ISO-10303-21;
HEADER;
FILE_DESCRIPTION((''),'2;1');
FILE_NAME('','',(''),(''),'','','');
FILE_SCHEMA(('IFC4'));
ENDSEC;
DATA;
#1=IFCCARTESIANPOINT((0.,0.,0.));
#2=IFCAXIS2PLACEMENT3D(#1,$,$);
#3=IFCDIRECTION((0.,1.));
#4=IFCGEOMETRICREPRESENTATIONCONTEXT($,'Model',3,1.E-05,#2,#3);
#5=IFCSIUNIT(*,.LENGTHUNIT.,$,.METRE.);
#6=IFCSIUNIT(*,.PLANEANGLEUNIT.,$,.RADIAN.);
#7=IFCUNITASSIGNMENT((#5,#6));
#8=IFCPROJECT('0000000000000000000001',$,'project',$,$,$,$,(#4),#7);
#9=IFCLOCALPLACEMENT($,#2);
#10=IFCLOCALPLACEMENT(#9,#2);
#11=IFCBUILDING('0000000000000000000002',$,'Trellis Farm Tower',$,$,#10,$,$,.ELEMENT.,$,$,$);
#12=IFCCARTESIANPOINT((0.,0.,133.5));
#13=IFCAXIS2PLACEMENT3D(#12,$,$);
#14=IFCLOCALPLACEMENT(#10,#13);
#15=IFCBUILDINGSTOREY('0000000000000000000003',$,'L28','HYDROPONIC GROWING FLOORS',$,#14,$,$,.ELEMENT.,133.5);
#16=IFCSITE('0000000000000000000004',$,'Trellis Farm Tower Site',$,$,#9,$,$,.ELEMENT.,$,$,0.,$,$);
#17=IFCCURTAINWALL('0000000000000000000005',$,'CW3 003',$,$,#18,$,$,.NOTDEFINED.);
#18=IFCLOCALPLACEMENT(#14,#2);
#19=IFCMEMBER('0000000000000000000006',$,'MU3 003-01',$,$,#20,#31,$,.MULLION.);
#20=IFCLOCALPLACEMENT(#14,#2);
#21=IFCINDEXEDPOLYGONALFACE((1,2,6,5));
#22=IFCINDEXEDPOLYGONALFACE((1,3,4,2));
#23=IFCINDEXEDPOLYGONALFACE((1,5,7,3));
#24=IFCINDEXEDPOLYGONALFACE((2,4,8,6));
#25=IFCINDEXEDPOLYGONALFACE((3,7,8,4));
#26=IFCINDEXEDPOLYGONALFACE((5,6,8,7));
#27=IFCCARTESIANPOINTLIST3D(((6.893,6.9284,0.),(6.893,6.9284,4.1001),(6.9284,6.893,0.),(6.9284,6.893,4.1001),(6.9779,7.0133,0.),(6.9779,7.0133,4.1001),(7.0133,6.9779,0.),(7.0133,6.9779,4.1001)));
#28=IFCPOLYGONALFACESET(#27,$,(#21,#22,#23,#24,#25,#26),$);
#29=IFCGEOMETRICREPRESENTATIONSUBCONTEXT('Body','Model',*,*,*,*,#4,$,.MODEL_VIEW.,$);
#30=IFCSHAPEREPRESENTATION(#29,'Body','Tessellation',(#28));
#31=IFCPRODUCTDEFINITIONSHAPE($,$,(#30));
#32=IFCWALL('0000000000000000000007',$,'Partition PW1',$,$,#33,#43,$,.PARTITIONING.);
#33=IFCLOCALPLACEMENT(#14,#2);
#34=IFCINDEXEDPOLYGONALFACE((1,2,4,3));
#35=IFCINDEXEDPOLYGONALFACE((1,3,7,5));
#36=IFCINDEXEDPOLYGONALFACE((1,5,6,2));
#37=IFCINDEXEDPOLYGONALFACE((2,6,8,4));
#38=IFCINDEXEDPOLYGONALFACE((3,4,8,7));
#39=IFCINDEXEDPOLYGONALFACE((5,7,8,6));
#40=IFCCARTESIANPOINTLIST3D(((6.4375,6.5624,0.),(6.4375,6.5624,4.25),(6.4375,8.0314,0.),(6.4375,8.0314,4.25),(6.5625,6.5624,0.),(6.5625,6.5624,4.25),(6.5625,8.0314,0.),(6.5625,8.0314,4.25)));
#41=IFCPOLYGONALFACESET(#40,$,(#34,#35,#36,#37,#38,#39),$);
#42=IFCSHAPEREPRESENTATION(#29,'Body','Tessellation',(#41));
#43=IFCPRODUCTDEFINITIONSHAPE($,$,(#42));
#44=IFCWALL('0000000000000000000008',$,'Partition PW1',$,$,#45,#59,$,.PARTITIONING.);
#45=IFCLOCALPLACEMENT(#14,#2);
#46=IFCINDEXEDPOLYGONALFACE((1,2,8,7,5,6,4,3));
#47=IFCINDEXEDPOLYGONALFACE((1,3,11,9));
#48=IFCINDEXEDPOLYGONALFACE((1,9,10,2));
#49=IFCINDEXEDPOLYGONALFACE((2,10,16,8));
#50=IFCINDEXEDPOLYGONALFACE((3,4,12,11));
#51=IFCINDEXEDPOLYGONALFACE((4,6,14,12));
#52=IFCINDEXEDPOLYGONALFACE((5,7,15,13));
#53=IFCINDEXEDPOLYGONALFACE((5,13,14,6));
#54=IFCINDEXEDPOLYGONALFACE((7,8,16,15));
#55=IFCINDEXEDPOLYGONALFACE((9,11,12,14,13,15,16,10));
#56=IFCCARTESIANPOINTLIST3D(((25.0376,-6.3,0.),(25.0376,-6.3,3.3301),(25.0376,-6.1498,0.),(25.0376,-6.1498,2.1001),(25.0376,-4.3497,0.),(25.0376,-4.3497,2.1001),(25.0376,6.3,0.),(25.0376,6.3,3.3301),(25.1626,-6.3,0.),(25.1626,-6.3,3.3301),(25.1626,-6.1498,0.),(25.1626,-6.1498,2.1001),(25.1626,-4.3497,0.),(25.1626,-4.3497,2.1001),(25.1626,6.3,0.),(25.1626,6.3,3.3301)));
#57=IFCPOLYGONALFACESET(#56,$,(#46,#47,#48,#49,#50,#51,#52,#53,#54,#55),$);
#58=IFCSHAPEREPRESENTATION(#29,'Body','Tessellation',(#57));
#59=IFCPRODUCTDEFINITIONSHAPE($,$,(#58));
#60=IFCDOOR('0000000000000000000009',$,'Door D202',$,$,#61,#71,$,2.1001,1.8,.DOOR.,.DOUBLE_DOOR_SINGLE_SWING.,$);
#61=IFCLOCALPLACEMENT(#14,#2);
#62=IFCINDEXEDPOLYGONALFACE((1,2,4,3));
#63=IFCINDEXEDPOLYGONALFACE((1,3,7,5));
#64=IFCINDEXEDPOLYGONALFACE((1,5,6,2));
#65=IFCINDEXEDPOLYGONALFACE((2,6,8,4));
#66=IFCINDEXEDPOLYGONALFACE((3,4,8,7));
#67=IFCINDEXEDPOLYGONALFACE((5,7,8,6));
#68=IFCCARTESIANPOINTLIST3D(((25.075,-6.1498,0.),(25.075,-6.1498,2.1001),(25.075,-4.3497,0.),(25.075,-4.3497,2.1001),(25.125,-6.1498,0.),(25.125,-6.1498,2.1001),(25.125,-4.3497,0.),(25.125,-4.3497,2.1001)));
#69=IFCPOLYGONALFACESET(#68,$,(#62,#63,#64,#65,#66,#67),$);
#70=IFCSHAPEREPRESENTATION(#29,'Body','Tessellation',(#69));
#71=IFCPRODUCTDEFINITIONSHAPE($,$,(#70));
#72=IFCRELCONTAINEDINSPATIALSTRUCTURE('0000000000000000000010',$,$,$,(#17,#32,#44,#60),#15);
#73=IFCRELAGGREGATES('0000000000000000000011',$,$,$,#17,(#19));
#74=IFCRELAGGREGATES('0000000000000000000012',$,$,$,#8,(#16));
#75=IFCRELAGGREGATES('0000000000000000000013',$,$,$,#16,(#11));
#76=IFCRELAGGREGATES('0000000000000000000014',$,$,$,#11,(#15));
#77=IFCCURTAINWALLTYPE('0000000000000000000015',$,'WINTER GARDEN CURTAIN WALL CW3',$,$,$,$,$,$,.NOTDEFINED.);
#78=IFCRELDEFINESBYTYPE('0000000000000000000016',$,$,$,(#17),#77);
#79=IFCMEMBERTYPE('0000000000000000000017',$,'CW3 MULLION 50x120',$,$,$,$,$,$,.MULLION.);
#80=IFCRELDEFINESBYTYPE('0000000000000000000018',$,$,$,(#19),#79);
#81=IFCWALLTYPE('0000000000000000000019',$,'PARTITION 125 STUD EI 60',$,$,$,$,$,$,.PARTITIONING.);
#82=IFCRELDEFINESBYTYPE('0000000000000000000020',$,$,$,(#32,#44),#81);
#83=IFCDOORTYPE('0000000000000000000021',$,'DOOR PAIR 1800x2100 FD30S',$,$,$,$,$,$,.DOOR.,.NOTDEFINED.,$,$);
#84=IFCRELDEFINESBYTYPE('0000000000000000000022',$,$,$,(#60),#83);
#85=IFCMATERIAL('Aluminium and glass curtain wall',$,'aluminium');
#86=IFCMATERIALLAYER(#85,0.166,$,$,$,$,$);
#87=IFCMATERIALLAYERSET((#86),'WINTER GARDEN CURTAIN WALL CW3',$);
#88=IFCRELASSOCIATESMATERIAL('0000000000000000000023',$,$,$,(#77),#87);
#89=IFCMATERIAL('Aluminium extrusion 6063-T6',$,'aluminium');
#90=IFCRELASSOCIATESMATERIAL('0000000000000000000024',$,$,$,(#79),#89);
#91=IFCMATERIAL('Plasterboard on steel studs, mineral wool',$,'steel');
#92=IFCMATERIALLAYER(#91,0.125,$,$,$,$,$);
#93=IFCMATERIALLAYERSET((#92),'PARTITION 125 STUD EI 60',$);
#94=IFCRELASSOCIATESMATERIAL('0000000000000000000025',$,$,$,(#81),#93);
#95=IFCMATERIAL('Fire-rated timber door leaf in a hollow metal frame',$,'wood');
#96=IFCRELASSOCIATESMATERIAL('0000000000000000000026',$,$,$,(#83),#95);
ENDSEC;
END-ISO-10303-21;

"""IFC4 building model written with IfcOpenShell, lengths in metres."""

from ifc_helpers import new_model, si_unit, direction, frame, frame_2d, origin, origin_2d, place, context, subcontext, project, spatial, rectangle, extrude, source, transform, mapped, material, layer, layer_set, material_profile, profile_set, type_object, element, fill, aggregate, save


model = new_model("IFC4")

# Units and contexts
model_context = context("Model", 3, precision=1e-05, world=origin(), true_north=direction((0.0, 1.0)))
body_context = subcontext(model_context, "Body", "Model", "MODEL_VIEW")
ifc_project = project(units=[si_unit("LENGTHUNIT", "METRE"), si_unit("PLANEANGLEUNIT", "RADIAN")], contexts=[model_context])

# Site, building, storey
site_placement = place(None, origin())
site = spatial("IfcSite", under=ifc_project, at=site_placement, Name="Trellis Farm Tower Site", CompositionType="ELEMENT", RefElevation=0.0)
building_placement = place(site_placement, origin())
building = spatial("IfcBuilding", under=site, at=building_placement, Name="Trellis Farm Tower", CompositionType="ELEMENT")
storey_placement = place(building_placement, frame((0.0, 0.0, 133.5)))
storey = spatial("IfcBuildingStorey", under=building, at=storey_placement, Name="L28", Description="HYDROPONIC GROWING FLOORS", CompositionType="ELEMENT", Elevation=133.5)

# Shared definitions
ifc_material_1 = material(Name="Aluminium and glass curtain wall", Category="aluminium")
placement = place(storey_placement, origin())
ifc_material_2 = material(Name="Aluminium extrusion 6063-T6", Category="aluminium")

# Curtain wall, member
ifc_layer_1 = layer(ifc_material_1, 0.166)
ifc_layer_set_1 = layer_set([ifc_layer_1], Name="WINTER GARDEN CURTAIN WALL CW3")
curtain_wall_type_1 = type_object("IfcCurtainWallType", Name="WINTER GARDEN CURTAIN WALL CW3", PredefinedType="NOTDEFINED", material=ifc_layer_set_1)
curtain_wall_1 = element("IfcCurtainWall", 1, at=placement, inside=storey, type_object=curtain_wall_type_1, Name="CW3 003", PredefinedType="NOTDEFINED")
ifc_material_profile_1 = material_profile(ifc_material_2, rectangle(XDim=0.05, YDim=0.1201, at=origin_2d()), Name="MULLION 50x120")
ifc_profile_set_1 = profile_set([ifc_material_profile_1], Name="Aluminium extrusion 6063-T6")
member_type_1 = type_object("IfcMemberType", Name="CW3 MULLION 50x120", PredefinedType="MULLION", material=ifc_profile_set_1)
shared_shape_1 = source(origin(), body_context, "Body", "SweptSolid", [
    extrude(rectangle(XDim=0.05, YDim=0.1201, at=origin_2d()), origin(), (0.0, 0.0, 1.0), 4.1001),
])
member_1_placement = place(storey_placement, frame((6.9531, 6.9531, 0.0), z_axis=(0.0, 0.0, 1.0), x_axis=(-0.707107, 0.707107, 0.0)))
member_1 = element("IfcMember", 2, at=member_1_placement, type_object=member_type_1, Name="MU3 003-01", PredefinedType="MULLION", context=body_context, shape_type="MappedRepresentation", body=[
    mapped(shared_shape_1, transform((0.0, 0.0, 0.0))),
])
aggregate(curtain_wall_1, [member_1])

# Wall
ifc_material_3 = material(Name="Plasterboard on steel studs, mineral wool", Category="steel")
ifc_layer_2 = layer(ifc_material_3, 0.125)
ifc_layer_set_2 = layer_set([ifc_layer_2], Name="PARTITION 125 STUD EI 60")
wall_type_1 = type_object("IfcWallType", Name="PARTITION 125 STUD EI 60", PredefinedType="PARTITIONING", material=ifc_layer_set_2)
shared_shape_2 = source(origin(), body_context, "Body", "SweptSolid", [
    extrude(rectangle(XDim=1.469, YDim=0.125, at=frame_2d((0.7344, 0.0))), origin(), (0.0, 0.0, 1.0), 4.25),
])
wall_1_placement = place(storey_placement, frame((6.5, 6.5625, 0.0), z_axis=(0.0, 0.0, 1.0), x_axis=(0.0, 1.0, 0.0)))
element("IfcWall", 3, at=wall_1_placement, inside=storey, type_object=wall_type_1, Name="Partition PW1", PredefinedType="PARTITIONING", context=body_context, shape_type="MappedRepresentation", body=[
    mapped(shared_shape_2, transform((0.0, 0.0, 0.0))),
])

# Wall, opening, door
shared_shape_3 = source(origin(), body_context, "Body", "SweptSolid", [
    extrude(rectangle(XDim=12.6001, YDim=0.125, at=frame_2d((6.3, 0.0))), origin(), (0.0, 0.0, 1.0), 3.3301),
])
wall_2_placement = place(storey_placement, frame((25.1001, 6.3, 0.0), z_axis=(0.0, 0.0, 1.0), x_axis=(0.0, -1.0, 0.0)))
wall_2 = element("IfcWall", 4, at=wall_2_placement, inside=storey, type_object=wall_type_1, Name="Partition PW1", PredefinedType="PARTITIONING", context=body_context, shape_type="MappedRepresentation", body=[
    mapped(shared_shape_3, transform((0.0, 0.0, 0.0))),
])
shared_shape_4 = source(origin(), body_context, "Body", "SweptSolid", [
    extrude(rectangle(XDim=1.8, YDim=2.1001, at=frame_2d((0.8999, 1.05))), frame((0.0, 0.0725, 0.0), z_axis=(0.0, -1.0, 0.0), x_axis=(1.0, 0.0, 0.0)), (0.0, 0.0, 1.0), 0.145),
])
opening_1_placement = place(wall_2_placement, frame((10.6499, 0.0, 0.0)))
opening_1 = element("IfcOpeningElement", 5, at=opening_1_placement, cuts=wall_2, PredefinedType="OPENING", context=body_context, shape_type="MappedRepresentation", body=[
    mapped(shared_shape_4, transform((0.0, 0.0, 0.0))),
])
ifc_material_4 = material(Name="Fire-rated timber door leaf in a hollow metal frame", Category="wood")
door_type_1 = type_object("IfcDoorType", Name="DOOR PAIR 1800x2100 FD30S", OperationType="NOTDEFINED", PredefinedType="DOOR", material=ifc_material_4)
shared_shape_5 = source(origin(), body_context, "Body", "SweptSolid", [
    extrude(rectangle(XDim=1.8, YDim=2.1001, at=frame_2d((0.8999, 1.05))), frame((0.0, 0.0249, 0.0), z_axis=(0.0, -1.0, 0.0), x_axis=(1.0, 0.0, 0.0)), (0.0, 0.0, 1.0), 0.05),
])
door_1_placement = place(opening_1_placement, origin())
door_1 = element("IfcDoor", 6, at=door_1_placement, inside=storey, type_object=door_type_1, Name="Door D202", OperationType="DOUBLE_DOOR_SINGLE_SWING", OverallHeight=2.1001, OverallWidth=1.8, PredefinedType="DOOR", context=body_context, shape_type="MappedRepresentation", body=[
    mapped(shared_shape_5, transform((0.0, 0.0, 0.0))),
])
fill(opening_1, door_1)

save(model, "model.ifc")
